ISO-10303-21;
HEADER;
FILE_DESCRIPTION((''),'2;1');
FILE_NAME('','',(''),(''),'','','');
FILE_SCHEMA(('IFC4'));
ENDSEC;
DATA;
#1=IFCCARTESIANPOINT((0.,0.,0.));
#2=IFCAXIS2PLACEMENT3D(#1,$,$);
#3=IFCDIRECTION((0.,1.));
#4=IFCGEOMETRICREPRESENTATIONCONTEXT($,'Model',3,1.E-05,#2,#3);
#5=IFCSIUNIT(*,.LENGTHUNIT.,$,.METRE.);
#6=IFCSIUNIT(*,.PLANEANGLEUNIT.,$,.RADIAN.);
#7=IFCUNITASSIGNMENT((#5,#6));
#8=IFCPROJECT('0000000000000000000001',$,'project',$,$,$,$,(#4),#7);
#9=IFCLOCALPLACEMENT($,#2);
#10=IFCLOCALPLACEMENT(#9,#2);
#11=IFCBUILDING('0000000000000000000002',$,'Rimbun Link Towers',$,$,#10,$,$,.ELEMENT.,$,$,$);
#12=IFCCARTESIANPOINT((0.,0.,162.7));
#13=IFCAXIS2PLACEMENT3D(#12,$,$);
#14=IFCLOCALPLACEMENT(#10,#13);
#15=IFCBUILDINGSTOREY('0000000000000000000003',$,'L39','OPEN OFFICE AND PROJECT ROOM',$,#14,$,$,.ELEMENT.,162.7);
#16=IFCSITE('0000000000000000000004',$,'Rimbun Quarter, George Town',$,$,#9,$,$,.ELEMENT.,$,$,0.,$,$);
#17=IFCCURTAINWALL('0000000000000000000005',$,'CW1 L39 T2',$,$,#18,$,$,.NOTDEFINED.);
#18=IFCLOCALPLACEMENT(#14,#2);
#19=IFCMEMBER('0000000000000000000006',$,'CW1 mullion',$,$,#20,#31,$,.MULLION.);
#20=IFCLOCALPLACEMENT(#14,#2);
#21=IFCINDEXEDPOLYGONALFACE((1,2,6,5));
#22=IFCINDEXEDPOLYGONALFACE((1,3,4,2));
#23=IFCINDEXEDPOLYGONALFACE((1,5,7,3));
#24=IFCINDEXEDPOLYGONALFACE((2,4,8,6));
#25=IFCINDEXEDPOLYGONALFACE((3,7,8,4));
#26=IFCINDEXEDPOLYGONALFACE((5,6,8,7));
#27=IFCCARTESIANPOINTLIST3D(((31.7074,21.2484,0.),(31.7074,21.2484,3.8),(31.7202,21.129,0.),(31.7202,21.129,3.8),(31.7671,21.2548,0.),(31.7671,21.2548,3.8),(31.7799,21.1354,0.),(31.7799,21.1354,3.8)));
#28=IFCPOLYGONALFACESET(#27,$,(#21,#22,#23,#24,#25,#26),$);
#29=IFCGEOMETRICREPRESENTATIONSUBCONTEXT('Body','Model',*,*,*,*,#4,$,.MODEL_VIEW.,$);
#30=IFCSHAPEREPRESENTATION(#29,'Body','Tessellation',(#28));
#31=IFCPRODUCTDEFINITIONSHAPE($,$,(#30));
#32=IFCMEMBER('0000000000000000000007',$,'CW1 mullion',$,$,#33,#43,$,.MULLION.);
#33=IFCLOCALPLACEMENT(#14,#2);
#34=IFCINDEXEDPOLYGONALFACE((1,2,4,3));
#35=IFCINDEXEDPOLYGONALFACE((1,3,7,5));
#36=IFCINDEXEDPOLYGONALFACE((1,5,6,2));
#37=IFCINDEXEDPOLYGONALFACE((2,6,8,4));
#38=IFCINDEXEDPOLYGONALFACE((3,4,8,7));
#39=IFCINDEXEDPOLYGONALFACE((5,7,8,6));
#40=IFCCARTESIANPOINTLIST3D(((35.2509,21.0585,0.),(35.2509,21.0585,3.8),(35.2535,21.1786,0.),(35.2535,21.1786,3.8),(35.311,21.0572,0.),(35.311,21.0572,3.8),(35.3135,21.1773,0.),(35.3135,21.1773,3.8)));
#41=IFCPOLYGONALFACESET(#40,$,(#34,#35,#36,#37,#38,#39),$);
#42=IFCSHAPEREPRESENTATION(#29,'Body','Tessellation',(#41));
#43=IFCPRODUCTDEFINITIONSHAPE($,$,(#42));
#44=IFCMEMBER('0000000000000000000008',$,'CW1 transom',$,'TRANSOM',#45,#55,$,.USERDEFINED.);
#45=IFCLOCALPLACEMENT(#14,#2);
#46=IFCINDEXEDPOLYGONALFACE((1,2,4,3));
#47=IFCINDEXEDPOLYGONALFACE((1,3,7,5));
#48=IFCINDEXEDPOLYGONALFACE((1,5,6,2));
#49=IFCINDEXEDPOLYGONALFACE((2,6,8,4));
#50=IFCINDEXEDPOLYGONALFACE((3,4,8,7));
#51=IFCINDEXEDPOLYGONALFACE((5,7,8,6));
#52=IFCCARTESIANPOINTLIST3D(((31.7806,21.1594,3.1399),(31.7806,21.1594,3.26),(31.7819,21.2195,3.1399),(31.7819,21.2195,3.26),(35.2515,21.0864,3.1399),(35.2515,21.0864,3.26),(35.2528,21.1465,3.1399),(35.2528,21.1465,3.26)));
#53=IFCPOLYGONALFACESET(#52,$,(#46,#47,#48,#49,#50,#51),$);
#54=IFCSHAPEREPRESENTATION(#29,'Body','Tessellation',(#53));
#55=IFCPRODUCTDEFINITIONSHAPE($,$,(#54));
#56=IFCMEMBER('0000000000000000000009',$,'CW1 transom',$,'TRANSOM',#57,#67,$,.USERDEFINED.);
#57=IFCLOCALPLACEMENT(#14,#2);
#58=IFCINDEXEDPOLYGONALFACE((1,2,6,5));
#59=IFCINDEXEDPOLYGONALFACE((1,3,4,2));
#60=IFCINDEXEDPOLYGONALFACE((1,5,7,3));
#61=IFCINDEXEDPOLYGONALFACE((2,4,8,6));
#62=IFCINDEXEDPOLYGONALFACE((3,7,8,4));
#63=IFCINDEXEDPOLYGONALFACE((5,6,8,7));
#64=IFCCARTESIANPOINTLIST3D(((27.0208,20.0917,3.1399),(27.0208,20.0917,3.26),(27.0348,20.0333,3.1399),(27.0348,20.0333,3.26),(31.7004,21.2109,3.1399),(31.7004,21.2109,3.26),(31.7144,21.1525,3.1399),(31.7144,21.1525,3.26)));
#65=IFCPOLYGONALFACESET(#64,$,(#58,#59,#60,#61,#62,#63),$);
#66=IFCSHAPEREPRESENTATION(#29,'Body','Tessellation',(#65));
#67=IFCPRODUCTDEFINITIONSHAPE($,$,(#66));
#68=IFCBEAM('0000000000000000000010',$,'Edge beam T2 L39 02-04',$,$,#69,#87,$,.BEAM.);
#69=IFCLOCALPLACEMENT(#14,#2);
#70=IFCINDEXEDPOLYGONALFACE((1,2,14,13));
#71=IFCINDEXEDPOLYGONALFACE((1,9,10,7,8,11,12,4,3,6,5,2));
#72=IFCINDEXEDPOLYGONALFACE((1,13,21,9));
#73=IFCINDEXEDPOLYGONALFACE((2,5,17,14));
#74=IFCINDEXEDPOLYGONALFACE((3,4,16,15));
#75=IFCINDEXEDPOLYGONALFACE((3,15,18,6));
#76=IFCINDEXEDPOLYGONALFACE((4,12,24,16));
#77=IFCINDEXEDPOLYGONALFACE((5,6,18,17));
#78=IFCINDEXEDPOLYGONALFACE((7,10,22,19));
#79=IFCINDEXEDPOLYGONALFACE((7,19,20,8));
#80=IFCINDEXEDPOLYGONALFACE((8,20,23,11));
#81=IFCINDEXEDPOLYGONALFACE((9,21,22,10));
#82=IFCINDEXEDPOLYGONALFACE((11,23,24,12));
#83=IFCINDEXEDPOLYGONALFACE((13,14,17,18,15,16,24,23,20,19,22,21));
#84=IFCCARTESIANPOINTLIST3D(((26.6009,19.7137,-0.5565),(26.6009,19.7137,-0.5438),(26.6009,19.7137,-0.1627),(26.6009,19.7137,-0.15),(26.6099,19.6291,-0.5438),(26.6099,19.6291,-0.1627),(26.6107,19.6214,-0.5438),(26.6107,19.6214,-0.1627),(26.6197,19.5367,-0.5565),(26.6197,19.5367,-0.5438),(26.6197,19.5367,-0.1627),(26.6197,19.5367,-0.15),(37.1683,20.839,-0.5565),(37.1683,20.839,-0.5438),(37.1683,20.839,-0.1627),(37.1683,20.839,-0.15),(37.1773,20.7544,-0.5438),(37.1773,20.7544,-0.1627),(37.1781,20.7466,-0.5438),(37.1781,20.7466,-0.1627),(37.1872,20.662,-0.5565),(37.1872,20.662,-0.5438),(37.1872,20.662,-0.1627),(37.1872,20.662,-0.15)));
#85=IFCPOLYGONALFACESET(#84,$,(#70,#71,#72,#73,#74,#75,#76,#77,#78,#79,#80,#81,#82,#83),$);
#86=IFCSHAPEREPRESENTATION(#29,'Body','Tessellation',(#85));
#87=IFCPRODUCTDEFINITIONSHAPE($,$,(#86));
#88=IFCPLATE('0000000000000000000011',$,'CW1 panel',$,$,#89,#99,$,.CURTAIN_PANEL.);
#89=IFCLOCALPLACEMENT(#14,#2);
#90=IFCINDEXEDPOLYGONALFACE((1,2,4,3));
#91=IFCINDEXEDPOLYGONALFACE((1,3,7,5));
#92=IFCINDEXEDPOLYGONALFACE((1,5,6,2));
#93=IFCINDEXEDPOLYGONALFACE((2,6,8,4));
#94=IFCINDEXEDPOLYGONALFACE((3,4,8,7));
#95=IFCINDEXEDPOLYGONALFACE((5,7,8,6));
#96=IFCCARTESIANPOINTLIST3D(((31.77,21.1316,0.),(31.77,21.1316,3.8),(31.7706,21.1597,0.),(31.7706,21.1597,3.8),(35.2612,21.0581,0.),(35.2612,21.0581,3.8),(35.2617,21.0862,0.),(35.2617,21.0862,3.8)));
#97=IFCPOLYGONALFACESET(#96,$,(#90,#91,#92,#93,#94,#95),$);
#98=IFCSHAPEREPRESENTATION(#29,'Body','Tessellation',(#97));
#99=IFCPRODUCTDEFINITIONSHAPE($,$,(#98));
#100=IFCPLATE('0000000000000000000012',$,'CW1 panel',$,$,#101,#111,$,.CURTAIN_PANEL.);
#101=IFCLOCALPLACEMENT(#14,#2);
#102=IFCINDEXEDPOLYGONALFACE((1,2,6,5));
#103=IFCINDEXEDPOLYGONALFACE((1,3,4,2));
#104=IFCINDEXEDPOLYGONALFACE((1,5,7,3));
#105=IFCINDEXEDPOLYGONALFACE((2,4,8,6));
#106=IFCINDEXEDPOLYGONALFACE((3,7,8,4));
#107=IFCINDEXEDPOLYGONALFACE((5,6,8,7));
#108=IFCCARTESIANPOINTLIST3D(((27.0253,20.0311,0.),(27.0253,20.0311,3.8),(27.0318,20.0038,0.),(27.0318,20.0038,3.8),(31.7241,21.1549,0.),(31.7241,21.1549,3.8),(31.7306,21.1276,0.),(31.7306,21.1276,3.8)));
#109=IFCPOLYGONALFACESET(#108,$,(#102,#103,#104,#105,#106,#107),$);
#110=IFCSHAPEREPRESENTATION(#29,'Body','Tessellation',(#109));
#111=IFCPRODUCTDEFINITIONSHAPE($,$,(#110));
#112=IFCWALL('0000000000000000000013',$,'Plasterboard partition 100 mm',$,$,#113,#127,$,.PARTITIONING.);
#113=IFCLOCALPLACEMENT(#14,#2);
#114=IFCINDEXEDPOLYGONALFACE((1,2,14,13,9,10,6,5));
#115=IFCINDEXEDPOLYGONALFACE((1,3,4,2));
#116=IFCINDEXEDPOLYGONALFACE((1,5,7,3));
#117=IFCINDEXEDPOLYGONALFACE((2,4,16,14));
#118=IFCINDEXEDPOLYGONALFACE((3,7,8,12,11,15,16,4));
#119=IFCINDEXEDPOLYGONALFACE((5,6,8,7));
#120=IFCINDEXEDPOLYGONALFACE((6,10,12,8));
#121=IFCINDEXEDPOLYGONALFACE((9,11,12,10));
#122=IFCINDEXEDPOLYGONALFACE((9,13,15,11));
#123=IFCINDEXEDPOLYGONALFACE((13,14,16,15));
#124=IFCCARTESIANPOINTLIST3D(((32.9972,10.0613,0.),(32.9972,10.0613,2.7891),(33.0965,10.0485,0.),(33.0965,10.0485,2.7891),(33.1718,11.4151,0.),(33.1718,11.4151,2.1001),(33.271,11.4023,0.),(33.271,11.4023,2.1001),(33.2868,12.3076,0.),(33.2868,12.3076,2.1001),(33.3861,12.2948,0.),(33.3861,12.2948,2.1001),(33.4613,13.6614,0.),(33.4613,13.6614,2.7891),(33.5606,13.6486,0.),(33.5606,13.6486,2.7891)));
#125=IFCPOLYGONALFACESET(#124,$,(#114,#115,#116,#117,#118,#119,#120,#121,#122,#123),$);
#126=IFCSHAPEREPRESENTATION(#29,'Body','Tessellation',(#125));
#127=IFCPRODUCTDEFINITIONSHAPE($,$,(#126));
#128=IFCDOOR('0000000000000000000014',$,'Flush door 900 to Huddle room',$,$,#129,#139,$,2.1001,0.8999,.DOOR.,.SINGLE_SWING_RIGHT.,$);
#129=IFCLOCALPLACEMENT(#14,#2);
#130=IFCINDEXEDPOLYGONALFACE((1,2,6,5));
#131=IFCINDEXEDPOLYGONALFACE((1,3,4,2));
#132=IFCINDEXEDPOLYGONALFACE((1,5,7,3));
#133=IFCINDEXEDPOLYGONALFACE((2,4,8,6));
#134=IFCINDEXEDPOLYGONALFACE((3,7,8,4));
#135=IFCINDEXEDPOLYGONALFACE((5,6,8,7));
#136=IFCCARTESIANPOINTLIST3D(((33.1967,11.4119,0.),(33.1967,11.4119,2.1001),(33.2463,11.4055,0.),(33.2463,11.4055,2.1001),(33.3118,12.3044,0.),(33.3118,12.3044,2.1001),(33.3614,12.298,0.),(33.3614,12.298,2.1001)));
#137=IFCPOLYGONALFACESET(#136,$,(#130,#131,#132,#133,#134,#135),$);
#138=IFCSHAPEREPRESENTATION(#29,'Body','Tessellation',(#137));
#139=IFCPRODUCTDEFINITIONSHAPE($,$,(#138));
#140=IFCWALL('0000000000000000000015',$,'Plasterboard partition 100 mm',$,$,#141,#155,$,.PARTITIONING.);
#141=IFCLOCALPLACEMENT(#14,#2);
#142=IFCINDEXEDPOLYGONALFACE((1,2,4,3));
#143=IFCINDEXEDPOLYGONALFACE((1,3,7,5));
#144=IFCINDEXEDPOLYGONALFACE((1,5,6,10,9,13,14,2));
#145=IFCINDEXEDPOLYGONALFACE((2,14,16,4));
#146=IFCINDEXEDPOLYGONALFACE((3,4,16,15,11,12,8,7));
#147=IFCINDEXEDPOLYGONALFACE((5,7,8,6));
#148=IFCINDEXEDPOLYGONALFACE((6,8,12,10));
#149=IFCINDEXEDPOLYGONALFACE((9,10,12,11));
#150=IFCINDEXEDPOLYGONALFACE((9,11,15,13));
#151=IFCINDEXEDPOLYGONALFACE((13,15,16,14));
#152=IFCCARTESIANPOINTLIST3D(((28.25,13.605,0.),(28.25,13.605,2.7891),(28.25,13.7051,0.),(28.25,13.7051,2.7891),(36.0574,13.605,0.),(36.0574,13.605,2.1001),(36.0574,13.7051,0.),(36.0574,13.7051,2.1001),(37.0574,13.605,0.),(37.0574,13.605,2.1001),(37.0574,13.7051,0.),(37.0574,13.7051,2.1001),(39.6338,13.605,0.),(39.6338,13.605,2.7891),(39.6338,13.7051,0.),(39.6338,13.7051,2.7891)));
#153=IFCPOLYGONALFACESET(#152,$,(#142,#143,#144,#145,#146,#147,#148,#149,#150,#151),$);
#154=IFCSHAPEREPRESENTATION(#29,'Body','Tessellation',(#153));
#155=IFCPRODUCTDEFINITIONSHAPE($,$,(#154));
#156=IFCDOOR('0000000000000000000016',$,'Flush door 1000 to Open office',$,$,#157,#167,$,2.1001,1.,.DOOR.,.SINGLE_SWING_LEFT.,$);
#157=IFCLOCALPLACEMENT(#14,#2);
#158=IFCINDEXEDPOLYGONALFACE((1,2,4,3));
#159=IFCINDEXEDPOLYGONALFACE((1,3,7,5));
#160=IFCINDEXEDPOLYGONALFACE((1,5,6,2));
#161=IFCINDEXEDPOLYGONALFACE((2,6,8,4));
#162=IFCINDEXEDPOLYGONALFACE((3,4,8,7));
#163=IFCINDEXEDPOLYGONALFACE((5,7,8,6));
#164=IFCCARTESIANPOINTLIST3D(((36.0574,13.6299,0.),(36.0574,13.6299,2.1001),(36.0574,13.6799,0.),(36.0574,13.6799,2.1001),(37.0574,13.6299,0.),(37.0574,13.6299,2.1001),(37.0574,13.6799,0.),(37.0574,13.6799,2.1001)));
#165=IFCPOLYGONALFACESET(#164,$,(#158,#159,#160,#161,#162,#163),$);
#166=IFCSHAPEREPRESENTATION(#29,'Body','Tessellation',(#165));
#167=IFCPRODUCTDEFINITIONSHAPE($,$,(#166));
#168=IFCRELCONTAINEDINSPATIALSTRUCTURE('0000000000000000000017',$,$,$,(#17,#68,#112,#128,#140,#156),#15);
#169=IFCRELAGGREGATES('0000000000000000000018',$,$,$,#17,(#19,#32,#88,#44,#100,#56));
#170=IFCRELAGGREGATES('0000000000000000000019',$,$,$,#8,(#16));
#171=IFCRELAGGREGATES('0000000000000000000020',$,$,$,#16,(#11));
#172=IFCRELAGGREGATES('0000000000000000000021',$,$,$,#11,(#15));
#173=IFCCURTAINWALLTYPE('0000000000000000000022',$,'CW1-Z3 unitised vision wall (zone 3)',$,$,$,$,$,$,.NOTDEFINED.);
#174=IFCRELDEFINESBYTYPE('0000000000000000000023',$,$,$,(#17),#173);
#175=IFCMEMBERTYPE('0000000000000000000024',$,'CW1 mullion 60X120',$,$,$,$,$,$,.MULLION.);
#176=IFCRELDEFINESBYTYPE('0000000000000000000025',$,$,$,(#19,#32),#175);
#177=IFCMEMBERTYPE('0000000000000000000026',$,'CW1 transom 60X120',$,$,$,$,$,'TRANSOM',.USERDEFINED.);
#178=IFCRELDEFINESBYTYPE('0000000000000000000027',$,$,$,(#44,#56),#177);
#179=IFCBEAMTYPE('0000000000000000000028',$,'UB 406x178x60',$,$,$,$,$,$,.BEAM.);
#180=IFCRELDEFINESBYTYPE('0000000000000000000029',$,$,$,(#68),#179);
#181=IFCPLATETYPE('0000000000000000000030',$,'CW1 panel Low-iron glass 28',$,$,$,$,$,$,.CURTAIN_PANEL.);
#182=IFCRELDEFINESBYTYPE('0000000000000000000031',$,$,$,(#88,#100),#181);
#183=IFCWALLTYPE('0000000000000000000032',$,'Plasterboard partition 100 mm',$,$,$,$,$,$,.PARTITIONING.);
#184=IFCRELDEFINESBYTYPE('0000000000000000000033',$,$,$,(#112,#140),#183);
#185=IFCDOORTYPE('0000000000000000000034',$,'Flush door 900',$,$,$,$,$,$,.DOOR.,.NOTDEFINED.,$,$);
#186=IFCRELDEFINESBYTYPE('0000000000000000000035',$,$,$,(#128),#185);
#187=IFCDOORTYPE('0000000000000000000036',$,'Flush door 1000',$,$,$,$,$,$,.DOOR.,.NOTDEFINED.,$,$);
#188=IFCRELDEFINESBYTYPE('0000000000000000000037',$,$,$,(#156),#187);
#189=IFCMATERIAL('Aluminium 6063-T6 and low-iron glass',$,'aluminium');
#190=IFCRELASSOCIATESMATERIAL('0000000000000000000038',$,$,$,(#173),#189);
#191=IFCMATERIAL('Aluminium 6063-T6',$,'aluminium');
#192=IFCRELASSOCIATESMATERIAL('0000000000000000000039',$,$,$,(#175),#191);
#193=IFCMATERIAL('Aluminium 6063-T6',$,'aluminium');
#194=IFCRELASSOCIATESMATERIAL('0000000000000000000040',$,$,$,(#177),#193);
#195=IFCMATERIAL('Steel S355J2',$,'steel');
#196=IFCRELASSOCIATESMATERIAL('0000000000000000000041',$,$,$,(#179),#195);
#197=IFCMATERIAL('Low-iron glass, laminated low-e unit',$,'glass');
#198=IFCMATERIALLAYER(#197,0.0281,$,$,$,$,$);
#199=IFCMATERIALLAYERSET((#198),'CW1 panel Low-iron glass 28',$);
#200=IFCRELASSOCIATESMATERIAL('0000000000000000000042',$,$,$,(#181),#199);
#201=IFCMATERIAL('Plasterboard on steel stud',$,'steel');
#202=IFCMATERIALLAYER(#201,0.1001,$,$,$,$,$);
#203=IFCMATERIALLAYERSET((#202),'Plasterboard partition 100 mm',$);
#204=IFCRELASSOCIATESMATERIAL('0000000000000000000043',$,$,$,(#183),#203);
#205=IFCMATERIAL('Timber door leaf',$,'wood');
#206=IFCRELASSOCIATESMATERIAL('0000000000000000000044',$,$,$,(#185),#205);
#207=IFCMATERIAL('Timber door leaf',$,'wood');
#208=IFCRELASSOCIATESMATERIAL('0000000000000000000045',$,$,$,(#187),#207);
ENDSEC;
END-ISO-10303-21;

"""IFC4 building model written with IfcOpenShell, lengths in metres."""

from ifc_helpers import new_model, si_unit, direction, frame, frame_2d, origin, origin_2d, place, context, subcontext, project, spatial, rectangle, i_section, extrude, material, layer, layer_set, material_profile, profile_set, type_object, element, fill, aggregate, save


model = new_model("IFC4")

# Units and contexts
model_context = context("Model", 3, precision=1e-05, world=origin(), true_north=direction((0.0, 1.0)))
body_context = subcontext(model_context, "Body", "Model", "MODEL_VIEW")
ifc_project = project(units=[si_unit("LENGTHUNIT", "METRE"), si_unit("PLANEANGLEUNIT", "RADIAN")], contexts=[model_context])

# Site, building, storey
site_placement = place(None, origin())
site = spatial("IfcSite", under=ifc_project, at=site_placement, Name="Rimbun Quarter, George Town", CompositionType="ELEMENT", RefElevation=0.0)
building_placement = place(site_placement, origin())
building = spatial("IfcBuilding", under=site, at=building_placement, Name="Rimbun Link Towers", CompositionType="ELEMENT")
storey_placement = place(building_placement, frame((0.0, 0.0, 162.7)))
storey = spatial("IfcBuildingStorey", under=building, at=storey_placement, Name="L39", Description="OPEN OFFICE AND PROJECT ROOM", CompositionType="ELEMENT", Elevation=162.7)

# Curtain wall, members
ifc_material_1 = material(Name="Aluminium 6063-T6 and low-iron glass", Category="aluminium")
curtain_wall_type = type_object("IfcCurtainWallType", Name="CW1-Z3 unitised vision wall (zone 3)", PredefinedType="NOTDEFINED", material=ifc_material_1)
curtain_wall_placement = place(storey_placement, origin())
curtain_wall = element("IfcCurtainWall", 1, at=curtain_wall_placement, inside=storey, type_object=curtain_wall_type, Name="CW1 L39 T2", PredefinedType="NOTDEFINED")
ifc_material_2 = material(Name="Aluminium 6063-T6", Category="aluminium")
ifc_material_profile_1 = material_profile(ifc_material_2, rectangle(XDim=0.1201, YDim=0.0601, at=origin_2d()), Name="MULLION 60X120")
ifc_profile_set_1 = profile_set([ifc_material_profile_1], Name="Aluminium 6063-T6")
member_type_1 = type_object("IfcMemberType", Name="CW1 mullion 60X120", PredefinedType="MULLION", material=ifc_profile_set_1)
member_1_placement = place(storey_placement, frame((31.7437, 21.1919, 0.0), z_axis=(0.0, 0.0, 1.0), x_axis=(-0.106647, 0.994297, 0.0)))
member_1 = element("IfcMember", 2, at=member_1_placement, type_object=member_type_1, Name="CW1 mullion", PredefinedType="MULLION", context=body_context, shape_type="SweptSolid", body=[
    extrude(rectangle(XDim=0.1201, YDim=0.0601, at=origin_2d()), origin(), (0.0, 0.0, 1.0), 3.8),
])
member_2_placement = place(storey_placement, frame((35.2822, 21.1179, 0.0), z_axis=(0.0, 0.0, 1.0), x_axis=(0.021059, 0.999778, 0.0)))
member_2 = element("IfcMember", 3, at=member_2_placement, type_object=member_type_1, Name="CW1 mullion", PredefinedType="MULLION", context=body_context, shape_type="SweptSolid", body=[
    extrude(rectangle(XDim=0.1201, YDim=0.0601, at=origin_2d()), origin(), (0.0, 0.0, 1.0), 3.8),
])
ifc_material_3 = material(Name="Aluminium 6063-T6", Category="aluminium")
ifc_material_profile_2 = material_profile(ifc_material_3, rectangle(XDim=0.0601, YDim=0.1201, at=origin_2d()), Name="TRANSOM 60X120")
ifc_profile_set_2 = profile_set([ifc_material_profile_2], Name="Aluminium 6063-T6")
member_type_2 = type_object("IfcMemberType", Name="CW1 transom 60X120", ElementType="TRANSOM", PredefinedType="USERDEFINED", material=ifc_profile_set_2)
member_3_placement = place(storey_placement, frame((31.7812, 21.1895, 3.2), z_axis=(0.999779, -0.021027, 0.0), x_axis=(0.021027, 0.999779, 0.0)))
member_3 = element("IfcMember", 4, at=member_3_placement, type_object=member_type_2, Name="CW1 transom", ObjectType="TRANSOM", PredefinedType="USERDEFINED", context=body_context, shape_type="SweptSolid", body=[
    extrude(rectangle(XDim=0.0601, YDim=0.1201, at=origin_2d()), origin(), (0.0, 0.0, 1.0), 3.4717),
])
member_4_placement = place(storey_placement, frame((27.0278, 20.0625, 3.2), z_axis=(0.972572, 0.232601, 0.0), x_axis=(-0.232601, 0.972572, 0.0)))
member_4 = element("IfcMember", 5, at=member_4_placement, type_object=member_type_2, Name="CW1 transom", ObjectType="TRANSOM", PredefinedType="USERDEFINED", context=body_context, shape_type="SweptSolid", body=[
    extrude(rectangle(XDim=0.0601, YDim=0.1201, at=origin_2d()), origin(), (0.0, 0.0, 1.0), 4.8115),
])

# Beam
ifc_material_4 = material(Name="Steel S355J2", Category="steel")
ifc_material_profile_3 = material_profile(ifc_material_4, i_section(OverallWidth=0.178, OverallDepth=0.4065, WebThickness=0.0078, FlangeThickness=0.0127, at=origin_2d()), Name="UB 406x178x60")
ifc_profile_set_3 = profile_set([ifc_material_profile_3], Name="Steel S355J2")
beam_type = type_object("IfcBeamType", Name="UB 406x178x60", PredefinedType="BEAM", material=ifc_profile_set_3)
beam_placement = place(storey_placement, frame((37.1777, 20.7505, -0.3533), z_axis=(-0.994378, -0.105884, 0.0), x_axis=(0.105884, -0.994378, 0.0)))
element("IfcBeam", 6, at=beam_placement, inside=storey, type_object=beam_type, Name="Edge beam T2 L39 02-04", PredefinedType="BEAM", context=body_context, shape_type="SweptSolid", body=[
    extrude(i_section(OverallWidth=0.178, OverallDepth=0.4065, WebThickness=0.0078, FlangeThickness=0.0127, at=origin_2d()), origin(), (0.0, 0.0, 1.0), 10.6272),
])

# Plates
ifc_material_5 = material(Name="Low-iron glass, laminated low-e unit", Category="glass")
ifc_layer_1 = layer(ifc_material_5, 0.0281)
ifc_layer_set_1 = layer_set([ifc_layer_1], Name="CW1 panel Low-iron glass 28")
plate_type = type_object("IfcPlateType", Name="CW1 panel Low-iron glass 28", PredefinedType="CURTAIN_PANEL", material=ifc_layer_set_1)
plate_1_placement = place(storey_placement, frame((33.5159, 21.1089, 0.0), z_axis=(0.0, 0.0, 1.0), x_axis=(0.999778, -0.021059, 0.0)))
plate_1 = element("IfcPlate", 7, at=plate_1_placement, type_object=plate_type, Name="CW1 panel", PredefinedType="CURTAIN_PANEL", context=body_context, shape_type="SweptSolid", body=[
    extrude(rectangle(XDim=3.4919, YDim=0.0281, at=origin_2d()), origin(), (0.0, 0.0, 1.0), 3.8),
])
plate_2_placement = place(storey_placement, frame((29.3779, 20.5793, 0.0), z_axis=(0.0, 0.0, 1.0), x_axis=(0.97257, 0.23261, 0.0)))
plate_2 = element("IfcPlate", 8, at=plate_2_placement, type_object=plate_type, Name="CW1 panel", PredefinedType="CURTAIN_PANEL", context=body_context, shape_type="SweptSolid", body=[
    extrude(rectangle(XDim=4.8313, YDim=0.0281, at=origin_2d()), origin(), (0.0, 0.0, 1.0), 3.8),
])
aggregate(curtain_wall, [member_1, member_2, plate_1, member_3, plate_2, member_4])

# Walls, openings, doors
ifc_material_6 = material(Name="Plasterboard on steel stud", Category="steel")
ifc_layer_2 = layer(ifc_material_6, 0.1001)
ifc_layer_set_2 = layer_set([ifc_layer_2], Name="Plasterboard partition 100 mm")
wall_type_1 = type_object("IfcWallType", Name="Plasterboard partition 100 mm", PredefinedType="PARTITIONING", material=ifc_layer_set_2)
wall_1_placement = place(storey_placement, frame((33.0469, 10.0549, 0.0), z_axis=(0.0, 0.0, 1.0), x_axis=(0.127858, 0.991792, 0.0)))
wall_1 = element("IfcWall", 9, at=wall_1_placement, inside=storey, type_object=wall_type_1, Name="Plasterboard partition 100 mm", PredefinedType="PARTITIONING", context=body_context, shape_type="SweptSolid", body=[
    extrude(rectangle(XDim=3.6299, YDim=0.1001, at=frame_2d((1.8149, 0.0))), origin(), (0.0, 0.0, 1.0), 2.7891),
])
opening_1_placement = place(wall_1_placement, frame((1.365, 0.0, 0.0)))
opening_1 = element("IfcOpeningElement", 10, at=opening_1_placement, cuts=wall_1, PredefinedType="OPENING", context=body_context, shape_type="SweptSolid", body=[
    extrude(rectangle(XDim=0.8999, YDim=2.1001, at=frame_2d((0.45, 1.05))), frame((0.0, 0.0601, 0.0), z_axis=(0.0, -1.0, 0.0), x_axis=(1.0, 0.0, 0.0)), (0.0, 0.0, 1.0), 0.1201),
])
ifc_material_7 = material(Name="Timber door leaf", Category="wood")
door_type_1 = type_object("IfcDoorType", Name="Flush door 900", OperationType="NOTDEFINED", PredefinedType="DOOR", material=ifc_material_7)
door_1_placement = place(opening_1_placement, origin())
door_1 = element("IfcDoor", 11, at=door_1_placement, inside=storey, type_object=door_type_1, Name="Flush door 900 to Huddle room", OperationType="SINGLE_SWING_RIGHT", OverallHeight=2.1001, OverallWidth=0.8999, PredefinedType="DOOR", context=body_context, shape_type="SweptSolid", body=[
    extrude(rectangle(XDim=0.8999, YDim=2.1001, at=frame_2d((0.45, 1.05))), frame((0.0, 0.0249, 0.0), z_axis=(0.0, -1.0, 0.0), x_axis=(1.0, 0.0, 0.0)), (0.0, 0.0, 1.0), 0.05),
])
fill(opening_1, door_1)
wall_2_placement = place(storey_placement, frame((28.25, 13.655, 0.0), z_axis=(0.0, 0.0, 1.0), x_axis=(1.0, 0.0, 0.0)))
wall_2 = element("IfcWall", 12, at=wall_2_placement, inside=storey, type_object=wall_type_1, Name="Plasterboard partition 100 mm", PredefinedType="PARTITIONING", context=body_context, shape_type="SweptSolid", body=[
    extrude(rectangle(XDim=11.3838, YDim=0.1001, at=frame_2d((5.6919, 0.0))), origin(), (0.0, 0.0, 1.0), 2.7891),
])
opening_2_placement = place(wall_2_placement, frame((7.8074, 0.0, 0.0)))
opening_2 = element("IfcOpeningElement", 13, at=opening_2_placement, cuts=wall_2, PredefinedType="OPENING", context=body_context, shape_type="SweptSolid", body=[
    extrude(rectangle(XDim=1.0, YDim=2.1001, at=frame_2d((0.5, 1.05))), frame((0.0, 0.0601, 0.0), z_axis=(0.0, -1.0, 0.0), x_axis=(1.0, 0.0, 0.0)), (0.0, 0.0, 1.0), 0.1201),
])
ifc_material_8 = material(Name="Timber door leaf", Category="wood")
door_type_2 = type_object("IfcDoorType", Name="Flush door 1000", OperationType="NOTDEFINED", PredefinedType="DOOR", material=ifc_material_8)
door_2_placement = place(opening_2_placement, origin())
door_2 = element("IfcDoor", 14, at=door_2_placement, inside=storey, type_object=door_type_2, Name="Flush door 1000 to Open office", OperationType="SINGLE_SWING_LEFT", OverallHeight=2.1001, OverallWidth=1.0, PredefinedType="DOOR", context=body_context, shape_type="SweptSolid", body=[
    extrude(rectangle(XDim=1.0, YDim=2.1001, at=frame_2d((0.5, 1.05))), frame((0.0, 0.0249, 0.0), z_axis=(0.0, -1.0, 0.0), x_axis=(1.0, 0.0, 0.0)), (0.0, 0.0, 1.0), 0.05),
])
fill(opening_2, door_2)

save(model, "model.ifc")
